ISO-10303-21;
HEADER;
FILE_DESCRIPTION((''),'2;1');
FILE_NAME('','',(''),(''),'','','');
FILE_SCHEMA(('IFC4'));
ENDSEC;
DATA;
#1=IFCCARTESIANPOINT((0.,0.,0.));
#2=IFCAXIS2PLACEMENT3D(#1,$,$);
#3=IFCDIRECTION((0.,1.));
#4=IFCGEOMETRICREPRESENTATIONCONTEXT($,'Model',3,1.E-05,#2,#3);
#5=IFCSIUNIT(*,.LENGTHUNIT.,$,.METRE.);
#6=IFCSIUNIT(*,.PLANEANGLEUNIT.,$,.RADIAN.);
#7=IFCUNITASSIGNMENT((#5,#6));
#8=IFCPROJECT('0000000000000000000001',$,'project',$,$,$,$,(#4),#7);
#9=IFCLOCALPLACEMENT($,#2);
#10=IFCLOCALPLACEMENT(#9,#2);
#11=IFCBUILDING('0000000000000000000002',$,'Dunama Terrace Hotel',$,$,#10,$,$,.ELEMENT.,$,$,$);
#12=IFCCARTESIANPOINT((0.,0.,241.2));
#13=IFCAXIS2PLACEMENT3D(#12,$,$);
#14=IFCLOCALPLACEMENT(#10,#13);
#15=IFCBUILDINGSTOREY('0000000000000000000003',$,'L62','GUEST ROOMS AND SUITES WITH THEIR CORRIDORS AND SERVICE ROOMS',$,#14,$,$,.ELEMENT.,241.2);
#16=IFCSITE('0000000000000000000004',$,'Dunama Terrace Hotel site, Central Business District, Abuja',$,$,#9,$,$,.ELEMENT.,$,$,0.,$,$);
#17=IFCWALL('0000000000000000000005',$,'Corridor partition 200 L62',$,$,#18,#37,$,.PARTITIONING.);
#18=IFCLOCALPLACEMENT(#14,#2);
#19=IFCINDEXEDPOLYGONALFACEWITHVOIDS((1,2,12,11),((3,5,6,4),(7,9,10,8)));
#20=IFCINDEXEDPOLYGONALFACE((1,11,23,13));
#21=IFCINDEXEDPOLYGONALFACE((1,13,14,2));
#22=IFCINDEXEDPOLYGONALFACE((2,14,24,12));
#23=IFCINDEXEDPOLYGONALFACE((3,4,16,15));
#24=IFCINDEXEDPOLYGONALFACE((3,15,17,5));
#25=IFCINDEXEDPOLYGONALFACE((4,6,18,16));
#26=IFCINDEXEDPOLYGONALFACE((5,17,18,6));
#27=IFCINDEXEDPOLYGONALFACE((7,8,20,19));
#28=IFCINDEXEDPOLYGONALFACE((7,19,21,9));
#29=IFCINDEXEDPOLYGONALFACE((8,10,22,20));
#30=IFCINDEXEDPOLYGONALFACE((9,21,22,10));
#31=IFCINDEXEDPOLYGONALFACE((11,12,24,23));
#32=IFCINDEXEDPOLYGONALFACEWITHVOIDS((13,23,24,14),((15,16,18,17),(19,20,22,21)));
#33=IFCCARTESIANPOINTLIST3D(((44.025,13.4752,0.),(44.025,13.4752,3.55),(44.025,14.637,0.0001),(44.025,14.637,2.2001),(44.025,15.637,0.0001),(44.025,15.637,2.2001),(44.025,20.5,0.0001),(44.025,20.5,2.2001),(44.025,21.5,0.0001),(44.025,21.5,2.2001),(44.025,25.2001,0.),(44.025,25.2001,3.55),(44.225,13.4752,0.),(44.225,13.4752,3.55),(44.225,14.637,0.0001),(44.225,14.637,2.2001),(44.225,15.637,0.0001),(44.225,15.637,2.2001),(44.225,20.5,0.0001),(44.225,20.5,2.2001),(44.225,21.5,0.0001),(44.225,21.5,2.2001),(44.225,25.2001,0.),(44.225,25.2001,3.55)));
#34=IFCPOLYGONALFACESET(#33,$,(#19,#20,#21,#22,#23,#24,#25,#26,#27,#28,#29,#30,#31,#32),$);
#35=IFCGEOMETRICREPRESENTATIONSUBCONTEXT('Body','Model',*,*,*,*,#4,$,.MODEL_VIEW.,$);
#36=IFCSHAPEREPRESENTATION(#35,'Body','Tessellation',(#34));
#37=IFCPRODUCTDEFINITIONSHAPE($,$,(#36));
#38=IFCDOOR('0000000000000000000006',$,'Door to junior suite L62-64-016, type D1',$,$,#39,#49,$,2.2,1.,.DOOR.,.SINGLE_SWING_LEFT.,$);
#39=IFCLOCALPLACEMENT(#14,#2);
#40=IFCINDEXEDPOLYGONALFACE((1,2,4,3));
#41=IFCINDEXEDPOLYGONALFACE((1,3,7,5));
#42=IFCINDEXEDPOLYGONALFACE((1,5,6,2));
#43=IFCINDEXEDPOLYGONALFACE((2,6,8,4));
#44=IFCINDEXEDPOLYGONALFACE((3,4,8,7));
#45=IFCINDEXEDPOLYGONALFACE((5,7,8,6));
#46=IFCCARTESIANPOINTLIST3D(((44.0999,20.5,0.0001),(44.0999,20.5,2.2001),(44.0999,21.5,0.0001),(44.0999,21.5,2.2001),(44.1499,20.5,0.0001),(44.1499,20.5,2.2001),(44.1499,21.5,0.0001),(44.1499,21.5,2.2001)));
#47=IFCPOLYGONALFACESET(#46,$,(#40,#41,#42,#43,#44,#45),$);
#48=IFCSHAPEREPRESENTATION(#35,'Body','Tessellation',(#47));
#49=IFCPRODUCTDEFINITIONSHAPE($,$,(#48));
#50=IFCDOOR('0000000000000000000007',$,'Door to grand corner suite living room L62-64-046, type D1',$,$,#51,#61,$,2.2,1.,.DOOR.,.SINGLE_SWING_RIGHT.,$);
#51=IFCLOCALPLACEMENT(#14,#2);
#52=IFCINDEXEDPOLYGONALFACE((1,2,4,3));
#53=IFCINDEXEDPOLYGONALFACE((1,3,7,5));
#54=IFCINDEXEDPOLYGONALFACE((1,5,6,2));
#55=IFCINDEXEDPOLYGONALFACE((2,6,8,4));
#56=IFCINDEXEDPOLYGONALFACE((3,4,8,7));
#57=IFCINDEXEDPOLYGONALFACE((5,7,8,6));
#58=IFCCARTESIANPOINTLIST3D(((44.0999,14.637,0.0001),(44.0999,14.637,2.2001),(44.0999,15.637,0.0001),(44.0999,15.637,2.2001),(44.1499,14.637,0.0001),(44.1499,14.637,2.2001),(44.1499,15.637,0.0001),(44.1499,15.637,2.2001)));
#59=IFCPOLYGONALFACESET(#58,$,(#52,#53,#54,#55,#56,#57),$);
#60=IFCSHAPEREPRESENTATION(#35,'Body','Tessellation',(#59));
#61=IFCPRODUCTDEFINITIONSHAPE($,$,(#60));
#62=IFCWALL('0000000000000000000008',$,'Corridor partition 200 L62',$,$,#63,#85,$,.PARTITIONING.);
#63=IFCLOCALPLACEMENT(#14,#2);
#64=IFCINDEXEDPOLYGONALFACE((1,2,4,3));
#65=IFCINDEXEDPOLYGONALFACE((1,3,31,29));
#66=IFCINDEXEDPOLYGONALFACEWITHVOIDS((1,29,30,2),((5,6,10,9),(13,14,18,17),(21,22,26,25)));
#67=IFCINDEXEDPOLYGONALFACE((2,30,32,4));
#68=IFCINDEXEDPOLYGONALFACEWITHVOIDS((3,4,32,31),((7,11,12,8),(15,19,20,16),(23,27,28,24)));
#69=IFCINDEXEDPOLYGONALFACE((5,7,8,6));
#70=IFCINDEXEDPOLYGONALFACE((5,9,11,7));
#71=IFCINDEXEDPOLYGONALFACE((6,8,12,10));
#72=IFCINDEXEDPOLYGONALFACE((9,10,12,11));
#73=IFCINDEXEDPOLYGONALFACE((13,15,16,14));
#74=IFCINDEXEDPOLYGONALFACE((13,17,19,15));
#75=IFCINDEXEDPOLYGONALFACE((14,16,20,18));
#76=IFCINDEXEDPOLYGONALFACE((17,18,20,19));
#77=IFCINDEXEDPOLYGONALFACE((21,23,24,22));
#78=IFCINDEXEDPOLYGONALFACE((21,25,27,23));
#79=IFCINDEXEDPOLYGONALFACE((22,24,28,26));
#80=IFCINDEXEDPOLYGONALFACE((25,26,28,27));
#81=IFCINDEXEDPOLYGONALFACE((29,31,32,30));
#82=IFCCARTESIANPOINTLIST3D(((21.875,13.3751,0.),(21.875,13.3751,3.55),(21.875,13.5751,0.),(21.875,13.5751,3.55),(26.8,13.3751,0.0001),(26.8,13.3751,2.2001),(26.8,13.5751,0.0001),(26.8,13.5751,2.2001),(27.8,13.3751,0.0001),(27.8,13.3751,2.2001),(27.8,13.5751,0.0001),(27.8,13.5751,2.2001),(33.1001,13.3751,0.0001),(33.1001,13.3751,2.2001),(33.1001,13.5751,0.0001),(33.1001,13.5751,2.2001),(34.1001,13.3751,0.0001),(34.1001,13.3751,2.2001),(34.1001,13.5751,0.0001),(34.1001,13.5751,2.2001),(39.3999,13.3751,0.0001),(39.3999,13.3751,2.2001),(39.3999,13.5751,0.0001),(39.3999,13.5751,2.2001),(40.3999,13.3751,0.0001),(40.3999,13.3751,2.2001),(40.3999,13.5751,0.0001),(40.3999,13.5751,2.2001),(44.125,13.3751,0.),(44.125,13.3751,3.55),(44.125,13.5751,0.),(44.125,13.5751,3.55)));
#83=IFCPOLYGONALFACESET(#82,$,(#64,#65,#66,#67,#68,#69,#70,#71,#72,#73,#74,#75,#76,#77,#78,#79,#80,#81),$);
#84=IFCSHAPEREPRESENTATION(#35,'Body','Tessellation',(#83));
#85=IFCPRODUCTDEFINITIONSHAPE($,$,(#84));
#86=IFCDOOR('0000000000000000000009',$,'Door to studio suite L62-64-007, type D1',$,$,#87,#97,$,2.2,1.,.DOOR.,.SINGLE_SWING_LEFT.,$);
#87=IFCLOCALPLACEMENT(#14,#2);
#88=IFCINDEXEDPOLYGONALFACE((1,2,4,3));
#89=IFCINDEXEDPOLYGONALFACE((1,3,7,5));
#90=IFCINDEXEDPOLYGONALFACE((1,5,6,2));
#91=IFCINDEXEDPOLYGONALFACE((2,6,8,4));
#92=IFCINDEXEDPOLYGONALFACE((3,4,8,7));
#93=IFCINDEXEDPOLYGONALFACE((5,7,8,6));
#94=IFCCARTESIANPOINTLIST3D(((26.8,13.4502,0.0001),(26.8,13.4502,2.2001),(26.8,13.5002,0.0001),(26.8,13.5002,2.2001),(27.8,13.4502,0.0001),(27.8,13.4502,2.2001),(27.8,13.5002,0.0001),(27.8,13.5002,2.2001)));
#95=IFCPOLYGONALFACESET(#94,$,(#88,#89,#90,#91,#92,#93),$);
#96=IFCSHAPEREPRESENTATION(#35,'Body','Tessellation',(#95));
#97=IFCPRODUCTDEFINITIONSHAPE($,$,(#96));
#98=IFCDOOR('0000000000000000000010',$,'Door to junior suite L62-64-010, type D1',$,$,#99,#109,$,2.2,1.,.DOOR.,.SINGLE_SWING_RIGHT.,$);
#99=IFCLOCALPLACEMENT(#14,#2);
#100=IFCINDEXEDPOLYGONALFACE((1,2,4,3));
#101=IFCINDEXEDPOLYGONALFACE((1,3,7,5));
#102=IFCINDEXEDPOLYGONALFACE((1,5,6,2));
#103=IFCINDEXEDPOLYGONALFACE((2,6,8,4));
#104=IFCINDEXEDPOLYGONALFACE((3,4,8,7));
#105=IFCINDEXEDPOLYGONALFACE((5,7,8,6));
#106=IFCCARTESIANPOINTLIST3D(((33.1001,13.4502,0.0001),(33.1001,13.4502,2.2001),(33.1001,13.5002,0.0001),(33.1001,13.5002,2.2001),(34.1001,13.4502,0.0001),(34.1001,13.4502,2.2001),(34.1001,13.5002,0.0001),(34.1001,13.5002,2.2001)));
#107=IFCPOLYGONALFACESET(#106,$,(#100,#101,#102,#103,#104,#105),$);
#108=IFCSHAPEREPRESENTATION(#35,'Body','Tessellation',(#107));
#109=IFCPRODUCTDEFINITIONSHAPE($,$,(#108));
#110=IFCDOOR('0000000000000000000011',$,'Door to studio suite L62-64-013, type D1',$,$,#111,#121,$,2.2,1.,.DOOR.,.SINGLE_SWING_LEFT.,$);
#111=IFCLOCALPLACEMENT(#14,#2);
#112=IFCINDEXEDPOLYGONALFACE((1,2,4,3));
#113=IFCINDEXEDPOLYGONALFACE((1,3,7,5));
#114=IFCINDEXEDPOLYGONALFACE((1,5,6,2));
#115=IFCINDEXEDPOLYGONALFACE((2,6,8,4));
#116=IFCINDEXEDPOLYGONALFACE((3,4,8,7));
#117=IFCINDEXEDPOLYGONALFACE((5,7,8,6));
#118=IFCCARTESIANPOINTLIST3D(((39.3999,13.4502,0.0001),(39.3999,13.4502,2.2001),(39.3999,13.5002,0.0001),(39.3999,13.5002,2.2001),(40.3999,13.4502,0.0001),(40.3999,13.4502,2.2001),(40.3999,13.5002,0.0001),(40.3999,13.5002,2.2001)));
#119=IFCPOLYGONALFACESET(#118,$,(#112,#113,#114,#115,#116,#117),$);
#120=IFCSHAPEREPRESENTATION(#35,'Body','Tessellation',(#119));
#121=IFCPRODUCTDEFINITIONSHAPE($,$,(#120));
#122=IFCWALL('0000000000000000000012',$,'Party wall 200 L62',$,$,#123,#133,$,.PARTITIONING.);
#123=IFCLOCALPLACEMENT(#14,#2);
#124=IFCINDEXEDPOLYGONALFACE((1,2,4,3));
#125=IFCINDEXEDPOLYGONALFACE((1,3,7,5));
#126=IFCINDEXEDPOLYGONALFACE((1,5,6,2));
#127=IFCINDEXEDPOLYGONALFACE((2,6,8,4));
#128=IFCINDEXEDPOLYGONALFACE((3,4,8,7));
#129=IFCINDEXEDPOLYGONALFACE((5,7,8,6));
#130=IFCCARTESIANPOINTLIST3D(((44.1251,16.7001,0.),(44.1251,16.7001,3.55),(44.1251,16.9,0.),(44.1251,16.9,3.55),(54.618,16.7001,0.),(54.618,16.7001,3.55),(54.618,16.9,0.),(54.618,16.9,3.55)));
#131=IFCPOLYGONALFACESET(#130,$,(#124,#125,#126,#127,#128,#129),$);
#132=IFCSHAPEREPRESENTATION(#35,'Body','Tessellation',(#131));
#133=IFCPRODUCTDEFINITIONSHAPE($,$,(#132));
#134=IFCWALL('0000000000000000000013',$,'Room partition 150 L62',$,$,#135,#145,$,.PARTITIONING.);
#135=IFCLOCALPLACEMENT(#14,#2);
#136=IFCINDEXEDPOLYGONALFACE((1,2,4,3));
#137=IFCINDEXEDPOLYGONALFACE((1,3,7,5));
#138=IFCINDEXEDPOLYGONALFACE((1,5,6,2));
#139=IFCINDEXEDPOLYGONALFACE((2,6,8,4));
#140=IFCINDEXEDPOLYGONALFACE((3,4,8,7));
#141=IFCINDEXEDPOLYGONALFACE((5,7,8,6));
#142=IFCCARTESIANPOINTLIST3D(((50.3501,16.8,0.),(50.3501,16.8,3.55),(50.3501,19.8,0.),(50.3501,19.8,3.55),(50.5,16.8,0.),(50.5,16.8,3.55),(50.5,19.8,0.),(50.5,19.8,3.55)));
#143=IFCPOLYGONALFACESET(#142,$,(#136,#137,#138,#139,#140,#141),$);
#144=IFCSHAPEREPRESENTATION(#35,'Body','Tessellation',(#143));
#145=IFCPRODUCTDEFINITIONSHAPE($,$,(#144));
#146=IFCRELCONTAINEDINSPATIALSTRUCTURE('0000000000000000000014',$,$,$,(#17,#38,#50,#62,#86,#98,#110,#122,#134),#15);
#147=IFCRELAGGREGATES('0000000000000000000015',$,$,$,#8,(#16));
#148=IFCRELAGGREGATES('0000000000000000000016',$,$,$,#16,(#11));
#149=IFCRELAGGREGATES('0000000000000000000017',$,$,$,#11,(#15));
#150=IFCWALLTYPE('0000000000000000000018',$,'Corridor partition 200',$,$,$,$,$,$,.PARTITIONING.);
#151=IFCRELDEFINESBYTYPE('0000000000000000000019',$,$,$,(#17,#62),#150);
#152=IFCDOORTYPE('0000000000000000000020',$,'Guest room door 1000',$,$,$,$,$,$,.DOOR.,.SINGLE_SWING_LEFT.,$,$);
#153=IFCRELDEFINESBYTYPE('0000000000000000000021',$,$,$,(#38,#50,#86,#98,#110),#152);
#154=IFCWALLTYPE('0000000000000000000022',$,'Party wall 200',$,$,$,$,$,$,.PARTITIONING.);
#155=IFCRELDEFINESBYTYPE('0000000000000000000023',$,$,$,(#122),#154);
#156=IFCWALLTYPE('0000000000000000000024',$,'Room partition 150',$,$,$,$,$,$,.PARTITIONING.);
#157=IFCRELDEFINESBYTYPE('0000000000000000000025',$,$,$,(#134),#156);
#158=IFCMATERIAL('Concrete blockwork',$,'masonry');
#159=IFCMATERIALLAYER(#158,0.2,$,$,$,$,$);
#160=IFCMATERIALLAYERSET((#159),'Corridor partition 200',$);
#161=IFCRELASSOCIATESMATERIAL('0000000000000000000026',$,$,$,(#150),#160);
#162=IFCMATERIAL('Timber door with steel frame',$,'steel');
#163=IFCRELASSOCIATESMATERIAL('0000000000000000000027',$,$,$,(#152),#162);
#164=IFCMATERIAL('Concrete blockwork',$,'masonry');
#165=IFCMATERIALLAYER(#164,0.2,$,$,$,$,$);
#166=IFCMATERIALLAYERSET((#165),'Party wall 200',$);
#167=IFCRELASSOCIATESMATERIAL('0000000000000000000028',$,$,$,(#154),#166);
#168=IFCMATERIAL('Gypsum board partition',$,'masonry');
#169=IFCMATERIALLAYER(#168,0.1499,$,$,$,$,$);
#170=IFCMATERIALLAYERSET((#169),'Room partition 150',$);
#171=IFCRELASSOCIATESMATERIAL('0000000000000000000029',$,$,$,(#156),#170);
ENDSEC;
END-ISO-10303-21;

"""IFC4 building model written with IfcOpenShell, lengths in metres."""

from ifc_helpers import new_model, si_unit, direction, frame, frame_2d, origin, place, context, subcontext, project, spatial, rectangle, extrude, material, layer, layer_set, type_object, element, fill, save


model = new_model("IFC4")

# Units and contexts
model_context = context("Model", 3, precision=1e-05, world=origin(), true_north=direction((0.0, 1.0)))
body_context = subcontext(model_context, "Body", "Model", "MODEL_VIEW")
ifc_project = project(units=[si_unit("LENGTHUNIT", "METRE"), si_unit("PLANEANGLEUNIT", "RADIAN")], contexts=[model_context])

# Site, building, storey
site_placement = place(None, origin())
site = spatial("IfcSite", under=ifc_project, at=site_placement, Name="Dunama Terrace Hotel site, Central Business District, Abuja", CompositionType="ELEMENT", RefElevation=0.0)
building_placement = place(site_placement, origin())
building = spatial("IfcBuilding", under=site, at=building_placement, Name="Dunama Terrace Hotel", CompositionType="ELEMENT")
storey_placement = place(building_placement, frame((0.0, 0.0, 241.2)))
storey = spatial("IfcBuildingStorey", under=building, at=storey_placement, Name="L62", Description="GUEST ROOMS AND SUITES WITH THEIR CORRIDORS AND SERVICE ROOMS", CompositionType="ELEMENT", Elevation=241.2)

# Walls, openings, doors
ifc_material_1 = material(Name="Concrete blockwork", Category="masonry")
ifc_layer_1 = layer(ifc_material_1, 0.2)
ifc_layer_set_1 = layer_set([ifc_layer_1], Name="Corridor partition 200")
wall_type_1 = type_object("IfcWallType", Name="Corridor partition 200", PredefinedType="PARTITIONING", material=ifc_layer_set_1)
wall_1_placement = place(storey_placement, frame((44.125, 25.2, 0.0), z_axis=(0.0, 0.0, 1.0), x_axis=(0.0, -1.0, 0.0)))
wall_1 = element("IfcWall", 1, at=wall_1_placement, inside=storey, type_object=wall_type_1, Name="Corridor partition 200 L62", PredefinedType="PARTITIONING", context=body_context, shape_type="SweptSolid", body=[
    extrude(rectangle(XDim=11.7249, YDim=0.2, at=frame_2d((5.8623, 0.0))), origin(), (0.0, 0.0, 1.0), 3.55),
])
opening_1_placement = place(wall_1_placement, frame((3.7, 0.0, 0.0)))
opening_1 = element("IfcOpeningElement", 2, at=opening_1_placement, cuts=wall_1, PredefinedType="OPENING", context=body_context, shape_type="SweptSolid", body=[
    extrude(rectangle(XDim=1.0, YDim=2.2, at=frame_2d((0.5, 1.1001))), frame((0.0, 0.1099, 0.0), z_axis=(0.0, -1.0, 0.0), x_axis=(1.0, 0.0, 0.0)), (0.0, 0.0, 1.0), 0.22),
])
opening_2_placement = place(wall_1_placement, frame((9.563, 0.0, 0.0)))
opening_2 = element("IfcOpeningElement", 3, at=opening_2_placement, cuts=wall_1, PredefinedType="OPENING", context=body_context, shape_type="SweptSolid", body=[
    extrude(rectangle(XDim=1.0, YDim=2.2, at=frame_2d((0.5, 1.1001))), frame((0.0, 0.1099, 0.0), z_axis=(0.0, -1.0, 0.0), x_axis=(1.0, 0.0, 0.0)), (0.0, 0.0, 1.0), 0.22),
])
ifc_material_2 = material(Name="Timber door with steel frame", Category="steel")
door_type_1 = type_object("IfcDoorType", Name="Guest room door 1000", OperationType="SINGLE_SWING_LEFT", PredefinedType="DOOR", material=ifc_material_2)
door_1_placement = place(opening_1_placement, origin())
door_1 = element("IfcDoor", 4, at=door_1_placement, inside=storey, type_object=door_type_1, Name="Door to junior suite L62-64-016, type D1", OperationType="SINGLE_SWING_LEFT", OverallHeight=2.2, OverallWidth=1.0, PredefinedType="DOOR", context=body_context, shape_type="SweptSolid", body=[
    extrude(rectangle(XDim=1.0, YDim=2.2, at=frame_2d((0.5, 1.1001))), frame((0.0, 0.0249, 0.0), z_axis=(0.0, -1.0, 0.0), x_axis=(1.0, 0.0, 0.0)), (0.0, 0.0, 1.0), 0.05),
])
fill(opening_1, door_1)
door_2_placement = place(opening_2_placement, origin())
door_2 = element("IfcDoor", 5, at=door_2_placement, inside=storey, type_object=door_type_1, Name="Door to grand corner suite living room L62-64-046, type D1", OperationType="SINGLE_SWING_RIGHT", OverallHeight=2.2, OverallWidth=1.0, PredefinedType="DOOR", context=body_context, shape_type="SweptSolid", body=[
    extrude(rectangle(XDim=1.0, YDim=2.2, at=frame_2d((0.5, 1.1001))), frame((0.0, 0.0249, 0.0), z_axis=(0.0, -1.0, 0.0), x_axis=(1.0, 0.0, 0.0)), (0.0, 0.0, 1.0), 0.05),
])
fill(opening_2, door_2)
wall_2_placement = place(storey_placement, frame((44.125, 13.4751, 0.0), z_axis=(0.0, 0.0, 1.0), x_axis=(-1.0, 0.0, 0.0)))
wall_2 = element("IfcWall", 6, at=wall_2_placement, inside=storey, type_object=wall_type_1, Name="Corridor partition 200 L62", PredefinedType="PARTITIONING", context=body_context, shape_type="SweptSolid", body=[
    extrude(rectangle(XDim=22.25, YDim=0.2, at=frame_2d((11.125, 0.0))), origin(), (0.0, 0.0, 1.0), 3.55),
])
opening_3_placement = place(wall_2_placement, frame((16.325, 0.0, 0.0)))
opening_3 = element("IfcOpeningElement", 7, at=opening_3_placement, cuts=wall_2, PredefinedType="OPENING", context=body_context, shape_type="SweptSolid", body=[
    extrude(rectangle(XDim=1.0, YDim=2.2, at=frame_2d((0.5, 1.1001))), frame((0.0, 0.1099, 0.0), z_axis=(0.0, -1.0, 0.0), x_axis=(1.0, 0.0, 0.0)), (0.0, 0.0, 1.0), 0.22),
])
opening_4_placement = place(wall_2_placement, frame((10.0249, 0.0, 0.0)))
opening_4 = element("IfcOpeningElement", 8, at=opening_4_placement, cuts=wall_2, PredefinedType="OPENING", context=body_context, shape_type="SweptSolid", body=[
    extrude(rectangle(XDim=1.0, YDim=2.2, at=frame_2d((0.5, 1.1001))), frame((0.0, 0.1099, 0.0), z_axis=(0.0, -1.0, 0.0), x_axis=(1.0, 0.0, 0.0)), (0.0, 0.0, 1.0), 0.22),
])
opening_5_placement = place(wall_2_placement, frame((3.7251, 0.0, 0.0)))
opening_5 = element("IfcOpeningElement", 9, at=opening_5_placement, cuts=wall_2, PredefinedType="OPENING", context=body_context, shape_type="SweptSolid", body=[
    extrude(rectangle(XDim=1.0, YDim=2.2, at=frame_2d((0.5, 1.1001))), frame((0.0, 0.1099, 0.0), z_axis=(0.0, -1.0, 0.0), x_axis=(1.0, 0.0, 0.0)), (0.0, 0.0, 1.0), 0.22),
])
door_3_placement = place(opening_3_placement, origin())
door_3 = element("IfcDoor", 10, at=door_3_placement, inside=storey, type_object=door_type_1, Name="Door to studio suite L62-64-007, type D1", OperationType="SINGLE_SWING_LEFT", OverallHeight=2.2, OverallWidth=1.0, PredefinedType="DOOR", context=body_context, shape_type="SweptSolid", body=[
    extrude(rectangle(XDim=1.0, YDim=2.2, at=frame_2d((0.5, 1.1001))), frame((0.0, 0.0249, 0.0), z_axis=(0.0, -1.0, 0.0), x_axis=(1.0, 0.0, 0.0)), (0.0, 0.0, 1.0), 0.05),
])
fill(opening_3, door_3)
door_4_placement = place(opening_4_placement, origin())
door_4 = element("IfcDoor", 11, at=door_4_placement, inside=storey, type_object=door_type_1, Name="Door to junior suite L62-64-010, type D1", OperationType="SINGLE_SWING_RIGHT", OverallHeight=2.2, OverallWidth=1.0, PredefinedType="DOOR", context=body_context, shape_type="SweptSolid", body=[
    extrude(rectangle(XDim=1.0, YDim=2.2, at=frame_2d((0.5, 1.1001))), frame((0.0, 0.0249, 0.0), z_axis=(0.0, -1.0, 0.0), x_axis=(1.0, 0.0, 0.0)), (0.0, 0.0, 1.0), 0.05),
])
fill(opening_4, door_4)
door_5_placement = place(opening_5_placement, origin())
door_5 = element("IfcDoor", 12, at=door_5_placement, inside=storey, type_object=door_type_1, Name="Door to studio suite L62-64-013, type D1", OperationType="SINGLE_SWING_LEFT", OverallHeight=2.2, OverallWidth=1.0, PredefinedType="DOOR", context=body_context, shape_type="SweptSolid", body=[
    extrude(rectangle(XDim=1.0, YDim=2.2, at=frame_2d((0.5, 1.1001))), frame((0.0, 0.0249, 0.0), z_axis=(0.0, -1.0, 0.0), x_axis=(1.0, 0.0, 0.0)), (0.0, 0.0, 1.0), 0.05),
])
fill(opening_5, door_5)

# Walls
ifc_material_3 = material(Name="Concrete blockwork", Category="masonry")
ifc_layer_2 = layer(ifc_material_3, 0.2)
ifc_layer_set_2 = layer_set([ifc_layer_2], Name="Party wall 200")
wall_type_2 = type_object("IfcWallType", Name="Party wall 200", PredefinedType="PARTITIONING", material=ifc_layer_set_2)
wall_3_placement = place(storey_placement, frame((44.125, 16.8, 0.0), z_axis=(0.0, 0.0, 1.0), x_axis=(1.0, 0.0, 0.0)))
element("IfcWall", 13, at=wall_3_placement, inside=storey, type_object=wall_type_2, Name="Party wall 200 L62", PredefinedType="PARTITIONING", context=body_context, shape_type="SweptSolid", body=[
    extrude(rectangle(XDim=10.4929, YDim=0.2, at=frame_2d((5.2466, 0.0))), origin(), (0.0, 0.0, 1.0), 3.55),
])
ifc_material_4 = material(Name="Gypsum board partition", Category="masonry")
ifc_layer_3 = layer(ifc_material_4, 0.1499)
ifc_layer_set_3 = layer_set([ifc_layer_3], Name="Room partition 150")
wall_type_3 = type_object("IfcWallType", Name="Room partition 150", PredefinedType="PARTITIONING", material=ifc_layer_set_3)
wall_4_placement = place(storey_placement, frame((50.425, 16.8, 0.0), z_axis=(0.0, 0.0, 1.0), x_axis=(0.0, 1.0, 0.0)))
element("IfcWall", 14, at=wall_4_placement, inside=storey, type_object=wall_type_3, Name="Room partition 150 L62", PredefinedType="PARTITIONING", context=body_context, shape_type="SweptSolid", body=[
    extrude(rectangle(XDim=3.0, YDim=0.1499, at=frame_2d((1.5, 0.0))), origin(), (0.0, 0.0, 1.0), 3.55),
])

save(model, "model.ifc")
